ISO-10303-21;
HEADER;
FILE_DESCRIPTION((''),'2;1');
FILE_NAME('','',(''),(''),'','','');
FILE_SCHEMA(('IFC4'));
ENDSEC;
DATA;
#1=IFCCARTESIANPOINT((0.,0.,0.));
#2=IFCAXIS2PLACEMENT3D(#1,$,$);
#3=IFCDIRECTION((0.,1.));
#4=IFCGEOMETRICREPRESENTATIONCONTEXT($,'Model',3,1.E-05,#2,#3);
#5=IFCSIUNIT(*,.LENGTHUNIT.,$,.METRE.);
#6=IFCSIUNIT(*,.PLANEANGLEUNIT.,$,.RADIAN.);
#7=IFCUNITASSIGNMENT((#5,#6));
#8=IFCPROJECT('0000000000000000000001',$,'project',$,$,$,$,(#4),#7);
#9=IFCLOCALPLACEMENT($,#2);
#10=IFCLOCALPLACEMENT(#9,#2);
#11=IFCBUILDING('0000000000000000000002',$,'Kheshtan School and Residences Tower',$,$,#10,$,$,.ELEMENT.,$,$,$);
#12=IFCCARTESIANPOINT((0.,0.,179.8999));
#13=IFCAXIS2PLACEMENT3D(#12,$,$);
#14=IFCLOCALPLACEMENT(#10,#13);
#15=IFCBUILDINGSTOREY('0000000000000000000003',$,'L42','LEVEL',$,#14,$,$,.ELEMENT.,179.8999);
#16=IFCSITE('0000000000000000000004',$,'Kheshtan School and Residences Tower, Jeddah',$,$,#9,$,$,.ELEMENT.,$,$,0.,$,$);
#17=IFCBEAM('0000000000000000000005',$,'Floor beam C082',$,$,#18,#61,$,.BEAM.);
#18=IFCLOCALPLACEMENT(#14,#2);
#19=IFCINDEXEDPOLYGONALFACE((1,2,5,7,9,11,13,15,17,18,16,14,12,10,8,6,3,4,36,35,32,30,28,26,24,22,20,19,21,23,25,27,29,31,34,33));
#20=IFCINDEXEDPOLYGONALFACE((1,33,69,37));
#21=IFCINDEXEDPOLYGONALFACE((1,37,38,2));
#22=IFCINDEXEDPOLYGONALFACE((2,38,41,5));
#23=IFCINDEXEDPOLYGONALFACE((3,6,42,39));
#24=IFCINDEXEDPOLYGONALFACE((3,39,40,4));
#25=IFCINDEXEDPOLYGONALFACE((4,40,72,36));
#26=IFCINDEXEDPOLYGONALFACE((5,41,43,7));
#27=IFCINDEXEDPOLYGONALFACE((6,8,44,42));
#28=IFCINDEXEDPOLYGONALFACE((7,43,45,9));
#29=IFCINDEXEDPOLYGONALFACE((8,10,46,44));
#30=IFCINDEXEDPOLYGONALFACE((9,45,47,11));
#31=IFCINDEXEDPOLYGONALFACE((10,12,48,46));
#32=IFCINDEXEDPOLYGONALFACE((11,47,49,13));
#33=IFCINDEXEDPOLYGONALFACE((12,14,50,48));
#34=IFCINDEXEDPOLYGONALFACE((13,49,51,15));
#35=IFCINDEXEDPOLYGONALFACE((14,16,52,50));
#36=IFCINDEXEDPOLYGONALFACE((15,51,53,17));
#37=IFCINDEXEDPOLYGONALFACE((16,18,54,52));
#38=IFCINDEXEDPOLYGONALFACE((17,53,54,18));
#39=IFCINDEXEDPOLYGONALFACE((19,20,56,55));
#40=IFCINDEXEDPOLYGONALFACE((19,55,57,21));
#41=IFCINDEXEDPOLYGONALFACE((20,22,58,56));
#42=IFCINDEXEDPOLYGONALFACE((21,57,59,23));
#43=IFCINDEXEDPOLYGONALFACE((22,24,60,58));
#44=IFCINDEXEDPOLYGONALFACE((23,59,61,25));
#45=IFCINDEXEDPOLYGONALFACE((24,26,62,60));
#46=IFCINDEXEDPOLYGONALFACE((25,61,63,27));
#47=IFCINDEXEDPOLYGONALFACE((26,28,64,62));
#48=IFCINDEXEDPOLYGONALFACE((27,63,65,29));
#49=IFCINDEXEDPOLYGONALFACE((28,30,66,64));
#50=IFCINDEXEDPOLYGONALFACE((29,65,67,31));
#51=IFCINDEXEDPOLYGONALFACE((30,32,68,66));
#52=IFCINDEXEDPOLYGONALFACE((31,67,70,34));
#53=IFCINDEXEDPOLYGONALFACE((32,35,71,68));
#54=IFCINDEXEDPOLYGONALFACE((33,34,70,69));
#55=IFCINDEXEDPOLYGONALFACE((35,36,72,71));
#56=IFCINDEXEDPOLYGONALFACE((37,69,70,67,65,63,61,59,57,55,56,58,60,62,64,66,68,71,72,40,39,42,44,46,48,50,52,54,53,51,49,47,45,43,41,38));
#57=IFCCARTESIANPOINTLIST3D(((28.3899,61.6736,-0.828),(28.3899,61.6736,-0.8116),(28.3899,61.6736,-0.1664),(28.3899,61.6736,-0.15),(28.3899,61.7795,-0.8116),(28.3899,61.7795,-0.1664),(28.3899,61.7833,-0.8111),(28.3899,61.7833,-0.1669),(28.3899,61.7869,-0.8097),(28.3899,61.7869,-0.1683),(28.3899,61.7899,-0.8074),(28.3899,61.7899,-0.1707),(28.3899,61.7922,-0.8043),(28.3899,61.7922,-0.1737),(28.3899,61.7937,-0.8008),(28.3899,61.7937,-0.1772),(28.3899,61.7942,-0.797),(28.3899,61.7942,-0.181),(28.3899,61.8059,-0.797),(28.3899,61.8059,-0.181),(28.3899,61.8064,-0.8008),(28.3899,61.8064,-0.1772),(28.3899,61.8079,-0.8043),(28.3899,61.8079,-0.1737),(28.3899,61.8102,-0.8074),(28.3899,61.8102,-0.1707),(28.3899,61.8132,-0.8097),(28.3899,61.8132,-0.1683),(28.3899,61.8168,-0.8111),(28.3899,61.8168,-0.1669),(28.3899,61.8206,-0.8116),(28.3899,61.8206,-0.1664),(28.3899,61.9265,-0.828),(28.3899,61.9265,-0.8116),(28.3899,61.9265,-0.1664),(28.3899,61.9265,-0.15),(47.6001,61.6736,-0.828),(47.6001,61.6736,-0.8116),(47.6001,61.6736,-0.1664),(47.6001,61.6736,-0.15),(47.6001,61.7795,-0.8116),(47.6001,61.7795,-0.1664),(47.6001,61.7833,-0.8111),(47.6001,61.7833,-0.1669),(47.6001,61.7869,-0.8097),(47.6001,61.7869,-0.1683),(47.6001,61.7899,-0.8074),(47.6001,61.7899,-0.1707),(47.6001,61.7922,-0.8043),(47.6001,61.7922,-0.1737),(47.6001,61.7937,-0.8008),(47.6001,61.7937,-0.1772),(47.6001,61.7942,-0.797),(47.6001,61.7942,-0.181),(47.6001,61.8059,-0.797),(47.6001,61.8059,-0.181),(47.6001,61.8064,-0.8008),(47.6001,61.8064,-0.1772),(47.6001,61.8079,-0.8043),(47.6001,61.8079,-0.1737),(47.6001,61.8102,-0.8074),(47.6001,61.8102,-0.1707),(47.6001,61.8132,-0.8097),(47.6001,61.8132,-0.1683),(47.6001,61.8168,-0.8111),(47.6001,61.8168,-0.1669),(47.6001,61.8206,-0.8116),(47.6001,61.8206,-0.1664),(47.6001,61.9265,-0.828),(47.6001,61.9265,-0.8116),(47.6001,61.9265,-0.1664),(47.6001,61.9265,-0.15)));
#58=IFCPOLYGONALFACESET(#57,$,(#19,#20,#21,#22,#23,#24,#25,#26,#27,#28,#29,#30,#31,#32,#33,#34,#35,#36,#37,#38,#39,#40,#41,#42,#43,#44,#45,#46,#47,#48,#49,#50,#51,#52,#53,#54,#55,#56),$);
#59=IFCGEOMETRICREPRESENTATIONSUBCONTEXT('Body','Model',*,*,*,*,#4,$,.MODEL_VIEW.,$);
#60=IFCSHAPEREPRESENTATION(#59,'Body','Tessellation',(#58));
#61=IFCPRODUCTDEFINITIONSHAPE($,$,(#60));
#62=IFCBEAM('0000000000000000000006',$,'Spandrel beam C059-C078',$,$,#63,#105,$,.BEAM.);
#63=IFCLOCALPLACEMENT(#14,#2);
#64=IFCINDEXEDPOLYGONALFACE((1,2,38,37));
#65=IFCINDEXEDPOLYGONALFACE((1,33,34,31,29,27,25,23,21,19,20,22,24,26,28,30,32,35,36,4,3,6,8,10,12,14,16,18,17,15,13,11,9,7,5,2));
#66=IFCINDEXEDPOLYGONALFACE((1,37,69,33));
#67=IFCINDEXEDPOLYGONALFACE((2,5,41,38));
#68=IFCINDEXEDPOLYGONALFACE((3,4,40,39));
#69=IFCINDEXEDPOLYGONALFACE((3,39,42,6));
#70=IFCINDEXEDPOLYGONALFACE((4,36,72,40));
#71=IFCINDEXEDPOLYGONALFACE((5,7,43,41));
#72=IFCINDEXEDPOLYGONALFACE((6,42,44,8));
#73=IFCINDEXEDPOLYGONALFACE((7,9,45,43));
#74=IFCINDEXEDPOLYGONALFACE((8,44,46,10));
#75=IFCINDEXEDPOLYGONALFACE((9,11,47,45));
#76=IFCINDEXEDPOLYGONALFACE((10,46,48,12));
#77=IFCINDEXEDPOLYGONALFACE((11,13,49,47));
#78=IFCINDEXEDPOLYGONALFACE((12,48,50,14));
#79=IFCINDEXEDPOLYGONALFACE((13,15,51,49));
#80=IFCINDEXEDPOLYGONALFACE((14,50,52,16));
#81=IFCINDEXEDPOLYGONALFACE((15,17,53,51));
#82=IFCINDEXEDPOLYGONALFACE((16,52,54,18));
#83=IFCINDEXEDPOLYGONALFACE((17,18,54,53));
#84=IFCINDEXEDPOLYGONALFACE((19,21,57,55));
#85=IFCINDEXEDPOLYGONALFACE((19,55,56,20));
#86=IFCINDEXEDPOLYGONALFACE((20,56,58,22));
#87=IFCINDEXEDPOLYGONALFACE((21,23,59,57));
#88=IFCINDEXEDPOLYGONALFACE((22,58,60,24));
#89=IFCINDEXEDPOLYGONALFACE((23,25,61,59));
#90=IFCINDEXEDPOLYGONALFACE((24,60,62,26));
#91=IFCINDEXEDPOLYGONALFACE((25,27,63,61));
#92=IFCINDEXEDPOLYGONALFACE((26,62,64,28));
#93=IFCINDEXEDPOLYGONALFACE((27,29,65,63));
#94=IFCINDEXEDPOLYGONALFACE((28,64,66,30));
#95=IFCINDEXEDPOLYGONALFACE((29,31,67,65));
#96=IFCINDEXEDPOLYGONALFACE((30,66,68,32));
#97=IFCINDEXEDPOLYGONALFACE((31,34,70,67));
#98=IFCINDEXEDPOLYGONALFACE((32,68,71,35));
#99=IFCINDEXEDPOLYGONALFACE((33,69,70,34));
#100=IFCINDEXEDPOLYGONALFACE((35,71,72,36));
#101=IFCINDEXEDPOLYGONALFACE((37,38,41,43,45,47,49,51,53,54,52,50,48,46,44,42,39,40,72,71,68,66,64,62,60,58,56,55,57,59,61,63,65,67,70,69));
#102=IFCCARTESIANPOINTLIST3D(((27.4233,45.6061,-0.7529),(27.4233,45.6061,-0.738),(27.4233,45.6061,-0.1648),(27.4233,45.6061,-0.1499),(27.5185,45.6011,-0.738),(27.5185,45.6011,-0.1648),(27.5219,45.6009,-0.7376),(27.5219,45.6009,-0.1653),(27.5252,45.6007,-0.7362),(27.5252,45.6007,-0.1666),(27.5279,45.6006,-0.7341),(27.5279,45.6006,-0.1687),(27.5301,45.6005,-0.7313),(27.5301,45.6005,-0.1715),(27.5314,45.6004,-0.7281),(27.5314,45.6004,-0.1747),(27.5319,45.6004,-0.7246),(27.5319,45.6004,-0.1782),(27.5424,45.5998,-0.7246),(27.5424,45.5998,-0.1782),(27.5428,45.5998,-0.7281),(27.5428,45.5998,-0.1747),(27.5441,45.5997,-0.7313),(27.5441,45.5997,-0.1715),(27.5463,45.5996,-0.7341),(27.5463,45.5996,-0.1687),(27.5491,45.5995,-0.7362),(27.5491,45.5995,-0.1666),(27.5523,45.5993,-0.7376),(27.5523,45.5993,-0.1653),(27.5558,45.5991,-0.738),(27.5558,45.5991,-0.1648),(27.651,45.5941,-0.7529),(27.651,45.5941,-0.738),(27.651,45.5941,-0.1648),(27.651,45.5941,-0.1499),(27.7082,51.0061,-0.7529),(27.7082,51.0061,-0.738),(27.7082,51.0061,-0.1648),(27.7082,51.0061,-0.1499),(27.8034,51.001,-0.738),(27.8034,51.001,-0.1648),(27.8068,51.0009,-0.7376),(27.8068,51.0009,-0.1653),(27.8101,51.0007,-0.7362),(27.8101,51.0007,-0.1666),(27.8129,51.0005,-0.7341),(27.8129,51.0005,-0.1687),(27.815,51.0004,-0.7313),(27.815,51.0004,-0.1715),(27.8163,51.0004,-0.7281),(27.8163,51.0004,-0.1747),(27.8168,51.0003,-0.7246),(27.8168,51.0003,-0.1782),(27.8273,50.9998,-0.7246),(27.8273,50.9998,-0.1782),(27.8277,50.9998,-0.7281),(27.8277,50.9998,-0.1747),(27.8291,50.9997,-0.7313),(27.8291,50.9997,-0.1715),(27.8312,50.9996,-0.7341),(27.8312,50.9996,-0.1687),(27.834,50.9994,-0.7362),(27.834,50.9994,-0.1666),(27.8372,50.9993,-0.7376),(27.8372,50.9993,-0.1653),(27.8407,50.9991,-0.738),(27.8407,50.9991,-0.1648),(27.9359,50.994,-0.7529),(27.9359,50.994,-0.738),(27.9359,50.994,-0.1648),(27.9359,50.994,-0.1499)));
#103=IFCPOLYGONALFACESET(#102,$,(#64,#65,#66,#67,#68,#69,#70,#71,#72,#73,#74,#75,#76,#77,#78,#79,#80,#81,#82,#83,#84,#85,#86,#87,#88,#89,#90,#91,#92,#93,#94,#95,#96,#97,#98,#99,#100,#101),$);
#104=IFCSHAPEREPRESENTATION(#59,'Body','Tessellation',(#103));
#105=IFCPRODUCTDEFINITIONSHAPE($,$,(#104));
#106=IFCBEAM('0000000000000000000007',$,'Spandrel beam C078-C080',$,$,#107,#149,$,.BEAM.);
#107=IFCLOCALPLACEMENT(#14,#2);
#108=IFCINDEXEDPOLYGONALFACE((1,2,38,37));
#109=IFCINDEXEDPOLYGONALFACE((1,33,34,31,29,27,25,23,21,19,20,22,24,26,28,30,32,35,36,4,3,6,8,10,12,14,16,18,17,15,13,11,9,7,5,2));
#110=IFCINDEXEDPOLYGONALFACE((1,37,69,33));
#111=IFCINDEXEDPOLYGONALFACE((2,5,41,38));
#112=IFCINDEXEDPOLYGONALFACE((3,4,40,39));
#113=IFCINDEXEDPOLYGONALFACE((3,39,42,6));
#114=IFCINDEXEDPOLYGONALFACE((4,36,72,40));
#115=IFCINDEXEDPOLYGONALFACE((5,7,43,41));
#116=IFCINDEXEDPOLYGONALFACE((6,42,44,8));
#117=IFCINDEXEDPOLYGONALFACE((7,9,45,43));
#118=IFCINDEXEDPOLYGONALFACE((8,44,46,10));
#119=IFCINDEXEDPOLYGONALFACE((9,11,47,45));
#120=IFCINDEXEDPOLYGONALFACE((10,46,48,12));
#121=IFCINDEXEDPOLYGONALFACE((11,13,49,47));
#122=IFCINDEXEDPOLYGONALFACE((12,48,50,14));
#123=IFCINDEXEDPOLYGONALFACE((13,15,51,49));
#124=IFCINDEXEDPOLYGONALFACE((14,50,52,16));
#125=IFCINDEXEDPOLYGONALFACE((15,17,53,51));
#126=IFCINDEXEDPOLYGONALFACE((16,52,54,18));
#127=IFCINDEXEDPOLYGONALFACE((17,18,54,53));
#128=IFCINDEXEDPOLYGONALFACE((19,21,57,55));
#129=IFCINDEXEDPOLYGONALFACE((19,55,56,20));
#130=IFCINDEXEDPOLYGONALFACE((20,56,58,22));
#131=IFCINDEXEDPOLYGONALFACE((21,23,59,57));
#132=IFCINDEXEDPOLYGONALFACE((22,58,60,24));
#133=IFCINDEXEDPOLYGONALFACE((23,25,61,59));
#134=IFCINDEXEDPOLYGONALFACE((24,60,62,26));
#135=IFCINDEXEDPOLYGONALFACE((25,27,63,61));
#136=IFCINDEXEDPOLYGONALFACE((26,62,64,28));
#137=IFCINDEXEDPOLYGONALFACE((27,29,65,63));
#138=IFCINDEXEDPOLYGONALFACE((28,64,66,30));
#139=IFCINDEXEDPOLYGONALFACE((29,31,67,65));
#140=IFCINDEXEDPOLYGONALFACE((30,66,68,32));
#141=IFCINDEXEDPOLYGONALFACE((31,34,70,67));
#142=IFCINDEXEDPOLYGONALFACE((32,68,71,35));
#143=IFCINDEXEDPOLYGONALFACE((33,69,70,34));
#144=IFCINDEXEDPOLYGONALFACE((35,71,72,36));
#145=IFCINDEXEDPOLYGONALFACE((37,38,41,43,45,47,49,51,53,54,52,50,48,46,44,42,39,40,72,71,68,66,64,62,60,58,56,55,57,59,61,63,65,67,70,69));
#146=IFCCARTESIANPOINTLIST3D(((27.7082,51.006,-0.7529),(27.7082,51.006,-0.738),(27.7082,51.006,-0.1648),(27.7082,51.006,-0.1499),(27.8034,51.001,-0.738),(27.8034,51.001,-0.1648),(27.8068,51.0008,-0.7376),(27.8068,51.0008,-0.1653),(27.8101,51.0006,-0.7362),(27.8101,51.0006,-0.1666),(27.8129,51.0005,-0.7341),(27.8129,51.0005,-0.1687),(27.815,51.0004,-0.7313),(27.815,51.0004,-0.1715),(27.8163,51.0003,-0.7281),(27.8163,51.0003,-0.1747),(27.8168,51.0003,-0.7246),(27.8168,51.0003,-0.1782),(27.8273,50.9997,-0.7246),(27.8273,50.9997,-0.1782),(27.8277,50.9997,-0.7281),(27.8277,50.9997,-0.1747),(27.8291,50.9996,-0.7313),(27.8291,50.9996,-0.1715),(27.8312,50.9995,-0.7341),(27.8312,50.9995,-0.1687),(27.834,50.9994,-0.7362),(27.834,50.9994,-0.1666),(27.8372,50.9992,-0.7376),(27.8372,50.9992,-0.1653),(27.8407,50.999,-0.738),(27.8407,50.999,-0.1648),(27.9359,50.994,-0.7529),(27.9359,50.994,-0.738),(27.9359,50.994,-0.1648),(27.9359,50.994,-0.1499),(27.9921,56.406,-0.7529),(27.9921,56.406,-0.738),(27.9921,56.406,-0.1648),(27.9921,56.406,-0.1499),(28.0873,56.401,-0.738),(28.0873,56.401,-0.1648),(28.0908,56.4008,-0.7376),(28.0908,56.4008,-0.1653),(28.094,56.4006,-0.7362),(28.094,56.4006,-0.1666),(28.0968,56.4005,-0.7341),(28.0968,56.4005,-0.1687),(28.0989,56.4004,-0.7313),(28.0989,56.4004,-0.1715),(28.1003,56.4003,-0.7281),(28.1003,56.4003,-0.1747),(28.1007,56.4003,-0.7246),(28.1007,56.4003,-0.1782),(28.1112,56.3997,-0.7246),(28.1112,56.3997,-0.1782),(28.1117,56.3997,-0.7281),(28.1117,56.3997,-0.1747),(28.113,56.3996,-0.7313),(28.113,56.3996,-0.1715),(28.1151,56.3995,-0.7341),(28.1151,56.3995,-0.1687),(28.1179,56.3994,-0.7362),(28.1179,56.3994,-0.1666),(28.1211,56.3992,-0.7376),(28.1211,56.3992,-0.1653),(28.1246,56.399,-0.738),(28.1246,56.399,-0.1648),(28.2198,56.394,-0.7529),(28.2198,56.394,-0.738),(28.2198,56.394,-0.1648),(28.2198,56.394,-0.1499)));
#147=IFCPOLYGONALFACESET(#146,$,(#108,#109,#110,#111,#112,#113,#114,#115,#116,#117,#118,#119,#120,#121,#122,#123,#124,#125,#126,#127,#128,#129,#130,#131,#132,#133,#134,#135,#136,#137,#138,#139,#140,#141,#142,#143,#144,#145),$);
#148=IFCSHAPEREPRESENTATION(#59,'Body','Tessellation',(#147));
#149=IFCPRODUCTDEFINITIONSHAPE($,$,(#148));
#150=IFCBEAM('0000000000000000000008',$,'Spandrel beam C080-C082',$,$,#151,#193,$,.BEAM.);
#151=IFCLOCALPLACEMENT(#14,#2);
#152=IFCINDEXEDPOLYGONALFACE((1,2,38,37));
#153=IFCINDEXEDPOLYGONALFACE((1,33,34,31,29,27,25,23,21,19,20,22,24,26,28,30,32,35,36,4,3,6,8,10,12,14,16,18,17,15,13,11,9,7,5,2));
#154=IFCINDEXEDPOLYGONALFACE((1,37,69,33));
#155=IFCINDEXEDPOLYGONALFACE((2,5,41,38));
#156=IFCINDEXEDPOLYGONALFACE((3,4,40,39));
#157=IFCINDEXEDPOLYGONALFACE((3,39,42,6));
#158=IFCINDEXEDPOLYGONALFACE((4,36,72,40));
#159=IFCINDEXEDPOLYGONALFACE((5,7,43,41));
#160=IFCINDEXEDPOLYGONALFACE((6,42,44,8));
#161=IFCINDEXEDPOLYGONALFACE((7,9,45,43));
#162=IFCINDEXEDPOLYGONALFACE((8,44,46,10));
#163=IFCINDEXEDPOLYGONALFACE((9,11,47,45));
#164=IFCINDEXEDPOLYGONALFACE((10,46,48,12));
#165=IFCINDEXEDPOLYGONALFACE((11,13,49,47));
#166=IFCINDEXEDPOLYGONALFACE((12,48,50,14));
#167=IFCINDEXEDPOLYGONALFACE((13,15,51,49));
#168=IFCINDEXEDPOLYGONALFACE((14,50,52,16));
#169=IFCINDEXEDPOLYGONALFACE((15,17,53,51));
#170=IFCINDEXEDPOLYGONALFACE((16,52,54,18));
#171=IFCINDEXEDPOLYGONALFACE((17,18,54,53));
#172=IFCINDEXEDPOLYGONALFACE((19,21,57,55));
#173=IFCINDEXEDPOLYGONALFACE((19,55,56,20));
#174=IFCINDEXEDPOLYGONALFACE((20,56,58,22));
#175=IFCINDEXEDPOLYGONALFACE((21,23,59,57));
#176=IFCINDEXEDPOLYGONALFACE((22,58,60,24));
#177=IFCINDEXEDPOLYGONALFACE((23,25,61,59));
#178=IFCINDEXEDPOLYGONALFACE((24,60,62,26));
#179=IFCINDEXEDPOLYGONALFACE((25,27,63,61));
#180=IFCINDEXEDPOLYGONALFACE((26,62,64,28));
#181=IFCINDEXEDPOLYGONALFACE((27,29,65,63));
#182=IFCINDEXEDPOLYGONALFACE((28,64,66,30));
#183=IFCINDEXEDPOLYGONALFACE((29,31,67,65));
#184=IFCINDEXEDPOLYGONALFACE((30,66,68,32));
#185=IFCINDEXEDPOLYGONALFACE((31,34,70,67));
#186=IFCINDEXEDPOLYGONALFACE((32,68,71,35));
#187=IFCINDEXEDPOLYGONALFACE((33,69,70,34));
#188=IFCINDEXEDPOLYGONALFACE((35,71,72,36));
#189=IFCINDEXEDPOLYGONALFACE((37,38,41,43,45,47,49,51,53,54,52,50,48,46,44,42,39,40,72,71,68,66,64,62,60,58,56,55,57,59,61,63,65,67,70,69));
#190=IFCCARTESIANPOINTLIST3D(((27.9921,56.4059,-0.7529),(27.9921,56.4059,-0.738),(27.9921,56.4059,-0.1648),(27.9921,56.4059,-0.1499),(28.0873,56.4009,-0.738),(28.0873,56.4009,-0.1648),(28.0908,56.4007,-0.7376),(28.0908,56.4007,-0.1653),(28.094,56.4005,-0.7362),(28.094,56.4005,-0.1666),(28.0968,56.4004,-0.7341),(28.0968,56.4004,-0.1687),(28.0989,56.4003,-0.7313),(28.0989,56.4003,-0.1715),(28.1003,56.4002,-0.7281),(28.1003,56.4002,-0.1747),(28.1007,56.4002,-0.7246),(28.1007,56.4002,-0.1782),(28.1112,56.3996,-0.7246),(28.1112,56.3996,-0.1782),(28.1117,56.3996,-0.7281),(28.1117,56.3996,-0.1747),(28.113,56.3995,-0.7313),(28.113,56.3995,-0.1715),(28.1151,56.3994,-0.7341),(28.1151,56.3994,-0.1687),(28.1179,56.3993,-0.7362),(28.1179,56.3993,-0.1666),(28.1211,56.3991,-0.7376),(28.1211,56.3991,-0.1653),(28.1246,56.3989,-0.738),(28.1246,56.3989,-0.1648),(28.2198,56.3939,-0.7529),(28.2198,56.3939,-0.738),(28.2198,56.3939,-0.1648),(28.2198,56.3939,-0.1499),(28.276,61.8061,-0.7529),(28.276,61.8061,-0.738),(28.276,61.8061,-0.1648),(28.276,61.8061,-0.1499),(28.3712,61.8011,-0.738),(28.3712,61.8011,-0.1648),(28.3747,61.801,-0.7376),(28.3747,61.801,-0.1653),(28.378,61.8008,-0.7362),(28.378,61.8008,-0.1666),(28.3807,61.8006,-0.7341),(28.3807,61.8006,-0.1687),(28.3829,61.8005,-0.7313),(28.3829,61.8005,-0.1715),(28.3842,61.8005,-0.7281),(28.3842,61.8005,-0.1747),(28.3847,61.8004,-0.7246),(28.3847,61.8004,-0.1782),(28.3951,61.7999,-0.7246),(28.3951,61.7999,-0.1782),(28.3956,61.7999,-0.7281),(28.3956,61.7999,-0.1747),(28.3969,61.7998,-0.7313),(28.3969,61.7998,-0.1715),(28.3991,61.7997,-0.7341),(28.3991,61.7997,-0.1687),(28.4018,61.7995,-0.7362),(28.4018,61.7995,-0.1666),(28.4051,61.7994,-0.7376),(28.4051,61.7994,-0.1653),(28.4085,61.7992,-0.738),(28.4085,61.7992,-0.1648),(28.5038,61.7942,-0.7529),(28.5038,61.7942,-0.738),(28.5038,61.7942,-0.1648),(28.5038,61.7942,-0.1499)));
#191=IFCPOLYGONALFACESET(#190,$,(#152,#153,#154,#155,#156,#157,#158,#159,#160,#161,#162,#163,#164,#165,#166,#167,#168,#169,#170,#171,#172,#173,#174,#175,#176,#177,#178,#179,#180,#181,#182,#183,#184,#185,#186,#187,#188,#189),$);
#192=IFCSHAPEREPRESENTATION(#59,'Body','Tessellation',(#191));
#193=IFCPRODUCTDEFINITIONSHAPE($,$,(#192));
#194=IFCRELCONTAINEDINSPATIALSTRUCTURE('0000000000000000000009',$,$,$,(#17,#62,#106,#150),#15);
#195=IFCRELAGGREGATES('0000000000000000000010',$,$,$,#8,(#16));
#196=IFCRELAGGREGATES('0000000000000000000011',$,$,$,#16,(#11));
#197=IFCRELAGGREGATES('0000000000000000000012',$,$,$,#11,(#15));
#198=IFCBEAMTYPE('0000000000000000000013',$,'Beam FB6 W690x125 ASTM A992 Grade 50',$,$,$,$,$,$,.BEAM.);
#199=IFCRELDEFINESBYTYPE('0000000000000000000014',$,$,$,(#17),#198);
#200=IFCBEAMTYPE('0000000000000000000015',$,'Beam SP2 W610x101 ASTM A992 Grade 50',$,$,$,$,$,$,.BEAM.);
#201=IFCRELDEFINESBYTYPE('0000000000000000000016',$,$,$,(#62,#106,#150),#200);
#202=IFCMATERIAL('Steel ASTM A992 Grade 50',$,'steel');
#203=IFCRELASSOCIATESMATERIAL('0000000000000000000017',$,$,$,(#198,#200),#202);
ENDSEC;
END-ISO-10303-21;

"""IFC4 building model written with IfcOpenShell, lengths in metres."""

from ifc_helpers import new_model, si_unit, direction, frame, origin, origin_2d, place, context, subcontext, project, spatial, i_section, extrude, material, material_profile, profile_set, type_object, element, save


model = new_model("IFC4")

# Units and contexts
model_context = context("Model", 3, precision=1e-05, world=origin(), true_north=direction((0.0, 1.0)))
body_context = subcontext(model_context, "Body", "Model", "MODEL_VIEW")
ifc_project = project(units=[si_unit("LENGTHUNIT", "METRE"), si_unit("PLANEANGLEUNIT", "RADIAN")], contexts=[model_context])

# Site, building, storey
site_placement = place(None, origin())
site = spatial("IfcSite", under=ifc_project, at=site_placement, Name="Kheshtan School and Residences Tower, Jeddah", CompositionType="ELEMENT", RefElevation=0.0)
building_placement = place(site_placement, origin())
building = spatial("IfcBuilding", under=site, at=building_placement, Name="Kheshtan School and Residences Tower", CompositionType="ELEMENT")
storey_placement = place(building_placement, frame((0.0, 0.0, 179.8999)))
storey = spatial("IfcBuildingStorey", under=building, at=storey_placement, Name="L42", Description="LEVEL", CompositionType="ELEMENT", Elevation=179.8999)

# Shared definitions
ifc_material_1 = material(Name="Steel ASTM A992 Grade 50", Category="steel")

# Beams
ifc_material_profile_1 = material_profile(ifc_material_1, i_section(OverallWidth=0.2529, OverallDepth=0.678, WebThickness=0.0117, FlangeThickness=0.0164, FilletRadius=0.0146, at=origin_2d()), Name="W690x125")
ifc_profile_set_1 = profile_set([ifc_material_profile_1], Name="Steel ASTM A992 Grade 50")
beam_type_1 = type_object("IfcBeamType", Name="Beam FB6 W690x125 ASTM A992 Grade 50", PredefinedType="BEAM", material=ifc_profile_set_1)
beam_1_placement = place(storey_placement, frame((28.3899, 61.8, -0.489), z_axis=(1.0, 0.0, 0.0), x_axis=(0.0, 1.0, 0.0)))
element("IfcBeam", 1, at=beam_1_placement, inside=storey, type_object=beam_type_1, Name="Floor beam C082", PredefinedType="BEAM", context=body_context, shape_type="SweptSolid", body=[
    extrude(i_section(OverallWidth=0.2529, OverallDepth=0.678, WebThickness=0.0117, FlangeThickness=0.0164, FilletRadius=0.0146, at=origin_2d()), origin(), (0.0, 0.0, 1.0), 19.2102),
])
ifc_material_profile_2 = material_profile(ifc_material_1, i_section(OverallWidth=0.228, OverallDepth=0.603, WebThickness=0.0105, FlangeThickness=0.0149, FilletRadius=0.0134, at=origin_2d()), Name="W610x101")
ifc_profile_set_2 = profile_set([ifc_material_profile_2], Name="Steel ASTM A992 Grade 50")
beam_type_2 = type_object("IfcBeamType", Name="Beam SP2 W610x101 ASTM A992 Grade 50", PredefinedType="BEAM", material=ifc_profile_set_2)
for number, where, z_axis, x_axis, name in (
    (2, (27.5371, 45.6001, -0.4514), (0.052689, 0.998611, 0.0), (-0.998611, 0.052689, 0.0), "Spandrel beam C059-C078"),
    (3, (27.822, 51.0, -0.4514), (0.052509, 0.99862, 0.0), (-0.99862, 0.052509, 0.0), "Spandrel beam C078-C080"),
):
    element("IfcBeam", number, at=place(storey_placement, frame(where, z_axis=z_axis, x_axis=x_axis)), inside=storey, type_object=beam_type_2, Name=name, PredefinedType="BEAM", context=body_context, shape_type="SweptSolid", body=[
        extrude(i_section(OverallWidth=0.228, OverallDepth=0.603, WebThickness=0.0105, FlangeThickness=0.0149, FilletRadius=0.0134, at=origin_2d()), origin(), (0.0, 0.0, 1.0), 5.4075),
    ])
beam_2_placement = place(storey_placement, frame((28.106, 56.3999, -0.4514), z_axis=(0.052507, 0.998621, 0.0), x_axis=(-0.998621, 0.052507, 0.0)))
element("IfcBeam", 4, at=beam_2_placement, inside=storey, type_object=beam_type_2, Name="Spandrel beam C080-C082", PredefinedType="BEAM", context=body_context, shape_type="SweptSolid", body=[
    extrude(i_section(OverallWidth=0.228, OverallDepth=0.603, WebThickness=0.0105, FlangeThickness=0.0149, FilletRadius=0.0134, at=origin_2d()), origin(), (0.0, 0.0, 1.0), 5.4077),
])

save(model, "model.ifc")
